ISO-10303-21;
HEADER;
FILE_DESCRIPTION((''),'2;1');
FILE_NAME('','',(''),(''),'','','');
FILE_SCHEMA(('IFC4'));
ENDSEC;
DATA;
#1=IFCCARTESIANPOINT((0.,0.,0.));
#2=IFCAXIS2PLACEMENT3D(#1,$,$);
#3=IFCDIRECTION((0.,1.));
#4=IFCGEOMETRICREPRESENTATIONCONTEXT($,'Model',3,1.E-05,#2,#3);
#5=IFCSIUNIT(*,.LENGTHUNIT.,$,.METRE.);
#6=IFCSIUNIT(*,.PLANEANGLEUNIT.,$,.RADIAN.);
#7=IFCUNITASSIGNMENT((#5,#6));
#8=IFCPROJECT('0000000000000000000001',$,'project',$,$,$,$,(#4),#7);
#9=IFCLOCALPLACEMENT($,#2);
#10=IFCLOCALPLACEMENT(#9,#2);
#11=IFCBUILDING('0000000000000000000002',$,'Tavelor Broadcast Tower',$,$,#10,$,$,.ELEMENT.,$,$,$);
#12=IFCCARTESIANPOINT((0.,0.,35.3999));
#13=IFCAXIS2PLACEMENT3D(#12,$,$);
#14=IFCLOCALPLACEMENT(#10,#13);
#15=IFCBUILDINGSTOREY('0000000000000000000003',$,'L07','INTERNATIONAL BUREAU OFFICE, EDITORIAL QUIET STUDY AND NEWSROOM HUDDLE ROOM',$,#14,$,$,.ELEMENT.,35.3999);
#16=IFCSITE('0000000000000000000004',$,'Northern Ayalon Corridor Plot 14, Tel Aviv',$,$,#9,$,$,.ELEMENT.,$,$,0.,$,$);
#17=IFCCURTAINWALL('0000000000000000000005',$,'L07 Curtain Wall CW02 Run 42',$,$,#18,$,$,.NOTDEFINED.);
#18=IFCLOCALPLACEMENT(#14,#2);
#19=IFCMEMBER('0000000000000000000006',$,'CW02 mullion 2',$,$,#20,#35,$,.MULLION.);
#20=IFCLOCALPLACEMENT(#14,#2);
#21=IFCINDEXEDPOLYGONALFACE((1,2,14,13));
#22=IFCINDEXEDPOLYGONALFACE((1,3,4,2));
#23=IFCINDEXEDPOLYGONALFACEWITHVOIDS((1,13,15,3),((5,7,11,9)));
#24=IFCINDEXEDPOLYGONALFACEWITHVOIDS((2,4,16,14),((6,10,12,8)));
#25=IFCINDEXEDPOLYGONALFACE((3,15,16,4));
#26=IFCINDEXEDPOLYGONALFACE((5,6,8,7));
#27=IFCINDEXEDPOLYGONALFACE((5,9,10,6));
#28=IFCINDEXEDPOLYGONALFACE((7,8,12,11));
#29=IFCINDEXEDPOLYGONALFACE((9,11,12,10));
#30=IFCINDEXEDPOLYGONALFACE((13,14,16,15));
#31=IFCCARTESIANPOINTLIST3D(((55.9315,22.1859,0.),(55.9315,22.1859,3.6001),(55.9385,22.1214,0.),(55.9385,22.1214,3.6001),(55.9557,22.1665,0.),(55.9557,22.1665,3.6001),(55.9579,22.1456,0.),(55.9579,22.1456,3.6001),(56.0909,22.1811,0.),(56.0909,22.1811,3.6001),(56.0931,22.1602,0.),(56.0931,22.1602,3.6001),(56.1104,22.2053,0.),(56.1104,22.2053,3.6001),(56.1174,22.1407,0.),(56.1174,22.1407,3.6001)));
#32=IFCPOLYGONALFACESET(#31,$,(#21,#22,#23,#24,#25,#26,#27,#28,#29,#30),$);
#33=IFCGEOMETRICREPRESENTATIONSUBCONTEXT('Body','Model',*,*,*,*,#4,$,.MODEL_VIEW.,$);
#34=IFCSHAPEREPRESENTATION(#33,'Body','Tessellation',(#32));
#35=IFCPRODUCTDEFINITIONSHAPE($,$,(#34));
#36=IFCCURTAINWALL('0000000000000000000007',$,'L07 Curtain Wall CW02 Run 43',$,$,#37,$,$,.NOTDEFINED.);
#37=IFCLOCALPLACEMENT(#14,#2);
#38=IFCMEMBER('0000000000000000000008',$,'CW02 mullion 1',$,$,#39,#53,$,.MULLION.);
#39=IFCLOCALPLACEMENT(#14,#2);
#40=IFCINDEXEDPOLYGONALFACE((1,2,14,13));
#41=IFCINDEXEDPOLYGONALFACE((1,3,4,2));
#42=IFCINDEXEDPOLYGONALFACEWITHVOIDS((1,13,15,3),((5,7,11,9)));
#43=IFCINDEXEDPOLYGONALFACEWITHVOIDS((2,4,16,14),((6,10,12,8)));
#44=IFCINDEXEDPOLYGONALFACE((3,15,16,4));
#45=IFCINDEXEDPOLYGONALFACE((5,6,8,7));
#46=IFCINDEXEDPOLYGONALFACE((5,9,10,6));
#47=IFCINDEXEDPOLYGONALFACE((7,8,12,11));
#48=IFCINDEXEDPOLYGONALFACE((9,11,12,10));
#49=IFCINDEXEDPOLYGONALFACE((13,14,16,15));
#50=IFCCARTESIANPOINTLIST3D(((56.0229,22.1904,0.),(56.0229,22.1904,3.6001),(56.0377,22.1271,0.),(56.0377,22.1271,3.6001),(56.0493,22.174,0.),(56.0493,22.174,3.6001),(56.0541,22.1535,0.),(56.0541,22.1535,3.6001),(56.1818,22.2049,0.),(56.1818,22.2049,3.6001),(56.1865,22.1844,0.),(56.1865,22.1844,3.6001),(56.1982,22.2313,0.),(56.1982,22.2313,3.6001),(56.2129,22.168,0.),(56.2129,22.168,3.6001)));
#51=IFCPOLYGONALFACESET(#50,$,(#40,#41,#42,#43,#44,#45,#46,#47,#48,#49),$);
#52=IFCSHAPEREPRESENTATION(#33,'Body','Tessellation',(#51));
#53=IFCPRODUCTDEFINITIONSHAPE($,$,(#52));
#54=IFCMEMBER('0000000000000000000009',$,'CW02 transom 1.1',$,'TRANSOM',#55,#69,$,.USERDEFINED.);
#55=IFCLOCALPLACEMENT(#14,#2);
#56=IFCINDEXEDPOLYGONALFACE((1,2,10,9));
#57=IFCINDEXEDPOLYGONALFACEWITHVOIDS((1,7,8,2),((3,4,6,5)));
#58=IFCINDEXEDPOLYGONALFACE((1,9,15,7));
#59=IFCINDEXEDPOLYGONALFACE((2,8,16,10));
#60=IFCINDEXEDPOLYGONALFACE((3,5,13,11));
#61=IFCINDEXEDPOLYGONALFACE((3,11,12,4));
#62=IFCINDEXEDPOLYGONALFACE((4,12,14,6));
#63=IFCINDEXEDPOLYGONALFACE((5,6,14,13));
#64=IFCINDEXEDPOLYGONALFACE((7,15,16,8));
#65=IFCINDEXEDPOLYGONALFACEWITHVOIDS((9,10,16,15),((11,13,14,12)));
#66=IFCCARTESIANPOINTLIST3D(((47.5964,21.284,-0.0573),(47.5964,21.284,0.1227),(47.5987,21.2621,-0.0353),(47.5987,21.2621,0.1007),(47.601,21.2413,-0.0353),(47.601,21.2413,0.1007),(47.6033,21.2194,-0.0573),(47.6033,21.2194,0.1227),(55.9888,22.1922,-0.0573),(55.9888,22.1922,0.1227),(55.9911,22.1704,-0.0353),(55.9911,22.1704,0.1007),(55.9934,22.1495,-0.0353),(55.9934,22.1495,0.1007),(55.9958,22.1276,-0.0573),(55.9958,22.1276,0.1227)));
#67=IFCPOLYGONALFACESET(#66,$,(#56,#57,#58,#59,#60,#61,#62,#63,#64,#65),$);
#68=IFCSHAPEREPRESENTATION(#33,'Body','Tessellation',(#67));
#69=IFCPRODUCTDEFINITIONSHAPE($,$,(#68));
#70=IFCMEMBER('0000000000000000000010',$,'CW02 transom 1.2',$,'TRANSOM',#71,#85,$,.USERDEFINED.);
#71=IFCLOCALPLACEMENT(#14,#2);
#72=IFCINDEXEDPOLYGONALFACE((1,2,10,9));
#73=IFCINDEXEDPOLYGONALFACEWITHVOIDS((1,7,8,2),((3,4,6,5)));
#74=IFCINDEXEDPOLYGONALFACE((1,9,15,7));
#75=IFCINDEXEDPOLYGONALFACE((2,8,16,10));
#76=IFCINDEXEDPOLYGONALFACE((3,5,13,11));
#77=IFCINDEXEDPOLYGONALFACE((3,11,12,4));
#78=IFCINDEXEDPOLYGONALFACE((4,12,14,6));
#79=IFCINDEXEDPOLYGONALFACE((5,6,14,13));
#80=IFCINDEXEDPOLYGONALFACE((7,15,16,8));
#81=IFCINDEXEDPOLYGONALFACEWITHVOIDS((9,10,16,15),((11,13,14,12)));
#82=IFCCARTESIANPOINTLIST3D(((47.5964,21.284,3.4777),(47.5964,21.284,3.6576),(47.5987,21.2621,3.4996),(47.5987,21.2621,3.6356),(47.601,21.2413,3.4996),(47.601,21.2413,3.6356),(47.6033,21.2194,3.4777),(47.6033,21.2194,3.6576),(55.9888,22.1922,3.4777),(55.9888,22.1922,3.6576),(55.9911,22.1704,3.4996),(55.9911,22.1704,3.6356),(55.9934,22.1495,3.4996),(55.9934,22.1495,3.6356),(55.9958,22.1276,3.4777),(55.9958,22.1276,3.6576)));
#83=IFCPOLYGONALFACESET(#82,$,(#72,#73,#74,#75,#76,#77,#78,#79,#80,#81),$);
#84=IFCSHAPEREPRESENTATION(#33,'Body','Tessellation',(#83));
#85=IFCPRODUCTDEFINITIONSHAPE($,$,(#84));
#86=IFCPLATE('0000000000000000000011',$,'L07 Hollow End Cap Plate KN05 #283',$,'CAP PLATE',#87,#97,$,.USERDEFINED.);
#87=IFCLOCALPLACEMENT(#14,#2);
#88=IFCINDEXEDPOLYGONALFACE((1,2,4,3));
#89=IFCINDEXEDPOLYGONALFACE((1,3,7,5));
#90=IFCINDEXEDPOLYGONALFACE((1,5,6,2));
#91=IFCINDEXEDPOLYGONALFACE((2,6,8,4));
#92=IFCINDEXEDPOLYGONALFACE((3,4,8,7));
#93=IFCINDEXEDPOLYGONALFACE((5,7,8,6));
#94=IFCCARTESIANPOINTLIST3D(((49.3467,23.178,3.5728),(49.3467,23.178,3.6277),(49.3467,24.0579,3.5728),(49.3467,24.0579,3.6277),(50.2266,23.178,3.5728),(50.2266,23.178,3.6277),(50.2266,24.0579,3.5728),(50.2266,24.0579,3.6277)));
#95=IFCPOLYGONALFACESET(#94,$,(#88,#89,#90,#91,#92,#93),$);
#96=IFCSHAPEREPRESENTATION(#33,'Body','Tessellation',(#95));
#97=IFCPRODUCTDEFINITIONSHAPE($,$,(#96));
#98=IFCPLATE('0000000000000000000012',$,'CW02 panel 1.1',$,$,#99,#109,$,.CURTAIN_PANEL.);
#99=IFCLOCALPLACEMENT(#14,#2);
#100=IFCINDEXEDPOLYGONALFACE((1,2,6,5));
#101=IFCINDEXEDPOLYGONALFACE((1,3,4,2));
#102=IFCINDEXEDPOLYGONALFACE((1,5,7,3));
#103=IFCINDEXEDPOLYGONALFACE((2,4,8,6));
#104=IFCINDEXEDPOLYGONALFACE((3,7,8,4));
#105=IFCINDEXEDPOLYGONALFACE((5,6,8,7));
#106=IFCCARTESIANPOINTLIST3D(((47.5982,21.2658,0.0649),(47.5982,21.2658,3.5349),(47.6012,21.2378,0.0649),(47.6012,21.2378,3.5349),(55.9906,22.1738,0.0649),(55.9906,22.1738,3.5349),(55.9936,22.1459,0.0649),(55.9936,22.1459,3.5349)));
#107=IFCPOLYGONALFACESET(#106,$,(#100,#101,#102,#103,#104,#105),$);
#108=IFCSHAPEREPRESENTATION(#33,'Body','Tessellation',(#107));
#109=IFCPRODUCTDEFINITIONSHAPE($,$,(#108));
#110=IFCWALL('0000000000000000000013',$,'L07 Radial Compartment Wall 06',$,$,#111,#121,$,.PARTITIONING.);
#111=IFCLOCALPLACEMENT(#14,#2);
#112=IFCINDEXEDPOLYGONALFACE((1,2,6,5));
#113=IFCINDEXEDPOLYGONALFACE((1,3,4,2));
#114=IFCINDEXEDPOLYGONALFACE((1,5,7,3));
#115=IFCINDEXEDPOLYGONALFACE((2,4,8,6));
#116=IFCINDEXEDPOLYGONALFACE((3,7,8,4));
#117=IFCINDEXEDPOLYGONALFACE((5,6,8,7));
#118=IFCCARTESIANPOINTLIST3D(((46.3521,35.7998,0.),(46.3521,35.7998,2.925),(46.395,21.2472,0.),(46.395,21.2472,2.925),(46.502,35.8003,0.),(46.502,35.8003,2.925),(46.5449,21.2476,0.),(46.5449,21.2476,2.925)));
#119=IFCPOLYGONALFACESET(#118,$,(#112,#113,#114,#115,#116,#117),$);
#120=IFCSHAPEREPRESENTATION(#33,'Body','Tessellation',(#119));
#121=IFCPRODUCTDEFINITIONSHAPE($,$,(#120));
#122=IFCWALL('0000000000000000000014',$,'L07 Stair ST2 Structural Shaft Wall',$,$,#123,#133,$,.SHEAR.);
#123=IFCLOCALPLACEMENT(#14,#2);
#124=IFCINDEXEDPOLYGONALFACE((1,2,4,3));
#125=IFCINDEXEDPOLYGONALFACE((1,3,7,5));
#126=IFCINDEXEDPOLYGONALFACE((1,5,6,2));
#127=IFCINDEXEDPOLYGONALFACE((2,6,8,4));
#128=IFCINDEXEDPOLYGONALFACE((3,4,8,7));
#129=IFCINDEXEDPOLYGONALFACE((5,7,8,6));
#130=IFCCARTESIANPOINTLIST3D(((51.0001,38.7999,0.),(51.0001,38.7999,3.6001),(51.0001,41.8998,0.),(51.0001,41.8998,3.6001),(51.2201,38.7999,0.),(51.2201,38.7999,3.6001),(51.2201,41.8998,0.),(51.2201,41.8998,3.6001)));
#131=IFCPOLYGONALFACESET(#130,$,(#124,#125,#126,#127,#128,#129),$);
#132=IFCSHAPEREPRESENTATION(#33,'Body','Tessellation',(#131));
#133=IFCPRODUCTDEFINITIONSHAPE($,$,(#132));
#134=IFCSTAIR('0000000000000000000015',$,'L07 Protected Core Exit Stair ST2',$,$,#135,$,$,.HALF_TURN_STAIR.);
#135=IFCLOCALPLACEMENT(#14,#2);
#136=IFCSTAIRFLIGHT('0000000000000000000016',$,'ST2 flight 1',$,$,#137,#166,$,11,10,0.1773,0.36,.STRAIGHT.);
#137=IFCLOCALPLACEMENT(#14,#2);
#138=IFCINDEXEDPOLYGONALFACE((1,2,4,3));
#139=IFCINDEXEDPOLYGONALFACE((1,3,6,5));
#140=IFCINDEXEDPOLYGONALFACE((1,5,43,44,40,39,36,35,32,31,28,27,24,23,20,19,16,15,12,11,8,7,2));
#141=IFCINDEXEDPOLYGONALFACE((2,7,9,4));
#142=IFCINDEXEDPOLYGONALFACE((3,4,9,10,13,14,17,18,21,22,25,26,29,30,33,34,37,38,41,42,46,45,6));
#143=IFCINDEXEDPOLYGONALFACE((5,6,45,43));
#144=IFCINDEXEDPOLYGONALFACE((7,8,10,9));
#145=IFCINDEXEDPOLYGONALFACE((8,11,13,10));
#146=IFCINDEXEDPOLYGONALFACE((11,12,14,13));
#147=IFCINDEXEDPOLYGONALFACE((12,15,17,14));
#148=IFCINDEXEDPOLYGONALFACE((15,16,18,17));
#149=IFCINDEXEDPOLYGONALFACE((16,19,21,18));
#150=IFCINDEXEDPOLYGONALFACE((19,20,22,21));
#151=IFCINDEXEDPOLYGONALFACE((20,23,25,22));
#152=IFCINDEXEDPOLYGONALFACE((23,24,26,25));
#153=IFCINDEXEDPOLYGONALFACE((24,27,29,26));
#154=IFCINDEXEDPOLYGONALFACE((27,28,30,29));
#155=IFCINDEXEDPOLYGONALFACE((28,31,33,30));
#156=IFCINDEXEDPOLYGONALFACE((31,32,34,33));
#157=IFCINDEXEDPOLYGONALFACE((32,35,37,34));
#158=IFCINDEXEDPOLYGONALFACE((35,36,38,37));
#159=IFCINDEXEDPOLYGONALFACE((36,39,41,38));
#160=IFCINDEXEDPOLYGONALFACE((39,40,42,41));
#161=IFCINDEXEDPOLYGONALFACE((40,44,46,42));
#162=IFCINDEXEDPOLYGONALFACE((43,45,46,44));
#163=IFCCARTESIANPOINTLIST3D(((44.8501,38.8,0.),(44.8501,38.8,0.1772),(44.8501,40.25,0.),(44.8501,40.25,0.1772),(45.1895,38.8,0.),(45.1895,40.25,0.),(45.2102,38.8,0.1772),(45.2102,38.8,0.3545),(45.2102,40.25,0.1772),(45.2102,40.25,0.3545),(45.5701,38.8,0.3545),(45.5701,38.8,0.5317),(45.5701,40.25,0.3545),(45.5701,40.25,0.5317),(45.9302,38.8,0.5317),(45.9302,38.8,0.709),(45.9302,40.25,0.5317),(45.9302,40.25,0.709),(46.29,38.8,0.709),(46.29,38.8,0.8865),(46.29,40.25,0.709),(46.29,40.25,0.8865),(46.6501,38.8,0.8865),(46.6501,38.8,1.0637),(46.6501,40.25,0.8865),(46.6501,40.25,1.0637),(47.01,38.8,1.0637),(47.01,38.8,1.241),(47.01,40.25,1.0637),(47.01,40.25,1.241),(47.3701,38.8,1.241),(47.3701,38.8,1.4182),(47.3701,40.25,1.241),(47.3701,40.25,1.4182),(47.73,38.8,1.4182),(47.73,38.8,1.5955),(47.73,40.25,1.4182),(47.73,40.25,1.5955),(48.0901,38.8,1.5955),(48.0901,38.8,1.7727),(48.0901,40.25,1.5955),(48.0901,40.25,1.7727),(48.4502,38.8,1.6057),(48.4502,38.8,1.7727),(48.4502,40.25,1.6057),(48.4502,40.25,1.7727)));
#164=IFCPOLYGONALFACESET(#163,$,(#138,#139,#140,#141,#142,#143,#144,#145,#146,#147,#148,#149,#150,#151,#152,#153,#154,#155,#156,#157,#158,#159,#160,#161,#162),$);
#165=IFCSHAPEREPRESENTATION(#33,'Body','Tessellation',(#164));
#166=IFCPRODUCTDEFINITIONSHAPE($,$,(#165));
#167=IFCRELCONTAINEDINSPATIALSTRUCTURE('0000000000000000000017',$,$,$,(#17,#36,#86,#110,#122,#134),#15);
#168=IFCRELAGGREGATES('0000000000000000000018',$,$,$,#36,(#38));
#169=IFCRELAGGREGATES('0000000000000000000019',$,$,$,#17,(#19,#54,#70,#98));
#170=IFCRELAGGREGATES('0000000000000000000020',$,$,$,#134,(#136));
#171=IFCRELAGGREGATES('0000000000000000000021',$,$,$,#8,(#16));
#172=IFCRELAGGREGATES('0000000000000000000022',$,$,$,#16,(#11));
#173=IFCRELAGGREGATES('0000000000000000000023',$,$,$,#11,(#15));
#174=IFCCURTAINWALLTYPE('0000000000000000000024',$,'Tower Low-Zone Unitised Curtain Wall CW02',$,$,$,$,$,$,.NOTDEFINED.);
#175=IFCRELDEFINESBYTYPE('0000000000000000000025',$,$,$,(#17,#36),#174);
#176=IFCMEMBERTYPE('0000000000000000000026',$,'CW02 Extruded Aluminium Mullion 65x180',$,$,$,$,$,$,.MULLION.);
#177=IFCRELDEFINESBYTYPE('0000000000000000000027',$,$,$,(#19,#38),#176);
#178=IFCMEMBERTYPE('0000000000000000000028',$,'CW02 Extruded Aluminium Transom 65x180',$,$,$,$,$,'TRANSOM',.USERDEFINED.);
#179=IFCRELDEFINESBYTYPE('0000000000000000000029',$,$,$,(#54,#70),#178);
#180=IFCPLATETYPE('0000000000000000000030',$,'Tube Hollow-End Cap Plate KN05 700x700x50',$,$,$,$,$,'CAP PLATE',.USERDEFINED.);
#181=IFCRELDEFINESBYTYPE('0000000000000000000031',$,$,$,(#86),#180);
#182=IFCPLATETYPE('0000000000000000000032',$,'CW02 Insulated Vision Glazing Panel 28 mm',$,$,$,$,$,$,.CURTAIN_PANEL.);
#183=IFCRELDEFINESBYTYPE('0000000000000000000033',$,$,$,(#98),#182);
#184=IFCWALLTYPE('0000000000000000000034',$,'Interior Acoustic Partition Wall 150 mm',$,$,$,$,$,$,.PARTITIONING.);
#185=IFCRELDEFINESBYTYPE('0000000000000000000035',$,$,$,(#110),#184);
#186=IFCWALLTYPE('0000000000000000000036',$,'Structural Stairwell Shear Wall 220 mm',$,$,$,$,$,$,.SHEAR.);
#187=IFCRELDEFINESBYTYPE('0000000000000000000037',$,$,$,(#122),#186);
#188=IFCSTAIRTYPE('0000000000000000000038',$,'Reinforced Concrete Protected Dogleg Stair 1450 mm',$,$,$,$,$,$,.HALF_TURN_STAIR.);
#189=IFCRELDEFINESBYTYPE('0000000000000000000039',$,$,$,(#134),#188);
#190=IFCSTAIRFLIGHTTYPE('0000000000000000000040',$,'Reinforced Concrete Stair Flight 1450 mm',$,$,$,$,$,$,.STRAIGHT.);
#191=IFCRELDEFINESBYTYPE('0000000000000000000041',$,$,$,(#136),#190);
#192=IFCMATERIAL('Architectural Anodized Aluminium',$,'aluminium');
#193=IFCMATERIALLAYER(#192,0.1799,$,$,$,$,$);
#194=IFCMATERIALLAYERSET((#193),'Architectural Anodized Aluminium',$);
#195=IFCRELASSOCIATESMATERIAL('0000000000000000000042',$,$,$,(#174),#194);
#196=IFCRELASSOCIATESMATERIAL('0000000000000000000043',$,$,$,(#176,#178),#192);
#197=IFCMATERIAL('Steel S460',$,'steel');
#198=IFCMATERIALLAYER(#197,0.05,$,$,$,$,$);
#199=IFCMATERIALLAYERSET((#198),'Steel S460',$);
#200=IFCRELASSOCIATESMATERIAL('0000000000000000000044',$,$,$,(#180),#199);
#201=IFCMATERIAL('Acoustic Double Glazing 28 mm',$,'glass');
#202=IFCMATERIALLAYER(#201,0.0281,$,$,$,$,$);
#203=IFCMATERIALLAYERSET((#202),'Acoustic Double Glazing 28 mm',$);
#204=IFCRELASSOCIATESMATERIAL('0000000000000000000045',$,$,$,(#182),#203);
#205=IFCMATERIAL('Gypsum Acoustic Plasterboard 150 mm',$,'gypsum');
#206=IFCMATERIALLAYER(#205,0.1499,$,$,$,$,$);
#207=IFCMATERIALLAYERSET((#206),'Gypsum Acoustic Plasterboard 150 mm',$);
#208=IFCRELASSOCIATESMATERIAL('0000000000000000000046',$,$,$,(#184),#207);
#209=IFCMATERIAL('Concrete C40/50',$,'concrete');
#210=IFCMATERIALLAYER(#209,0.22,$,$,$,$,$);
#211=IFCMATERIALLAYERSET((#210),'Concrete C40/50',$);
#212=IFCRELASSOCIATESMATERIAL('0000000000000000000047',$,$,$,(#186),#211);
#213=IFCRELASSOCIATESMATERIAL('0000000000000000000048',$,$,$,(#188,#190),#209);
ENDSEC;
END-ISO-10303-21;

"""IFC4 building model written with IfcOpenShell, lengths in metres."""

from ifc_helpers import new_model, si_unit, direction, frame, frame_2d, origin, origin_2d, place, context, subcontext, project, spatial, polyline, rectangle, hollow_rectangle, outline, extrude, source, transform, mapped, material, layer, layer_set, material_profile, profile_set, type_object, type_shapes, element, aggregate, save


model = new_model("IFC4")

# Units and contexts
model_context = context("Model", 3, precision=1e-05, world=origin(), true_north=direction((0.0, 1.0)))
body_context = subcontext(model_context, "Body", "Model", "MODEL_VIEW")
ifc_project = project(units=[si_unit("LENGTHUNIT", "METRE"), si_unit("PLANEANGLEUNIT", "RADIAN")], contexts=[model_context])

# Site, building, storey
site_placement = place(None, origin())
site = spatial("IfcSite", under=ifc_project, at=site_placement, Name="Northern Ayalon Corridor Plot 14, Tel Aviv", CompositionType="ELEMENT", RefElevation=0.0)
building_placement = place(site_placement, origin())
building = spatial("IfcBuilding", under=site, at=building_placement, Name="Tavelor Broadcast Tower", CompositionType="ELEMENT")
storey_placement = place(building_placement, frame((0.0, 0.0, 35.3999)))
storey = spatial("IfcBuildingStorey", under=building, at=storey_placement, Name="L07", Description="INTERNATIONAL BUREAU OFFICE, EDITORIAL QUIET STUDY AND NEWSROOM HUDDLE ROOM", CompositionType="ELEMENT", Elevation=35.3999)

# Shared definitions
ifc_material_1 = material(Name="Steel S460", Category="steel")

# Shared definitions
ifc_material_2 = material(Name="Concrete C40/50", Category="concrete")

# Shared definitions
ifc_material_3 = material(Name="Architectural Anodized Aluminium", Category="aluminium")
ifc_layer_1 = layer(ifc_material_3, 0.1799)
ifc_layer_set_1 = layer_set([ifc_layer_1], Name="Architectural Anodized Aluminium")
curtain_wall_type = type_object("IfcCurtainWallType", Name="Tower Low-Zone Unitised Curtain Wall CW02", PredefinedType="NOTDEFINED", material=ifc_layer_set_1)
ifc_material_profile_1 = material_profile(ifc_material_3, hollow_rectangle(XDim=0.0649, YDim=0.1799, WallThickness=0.022, at=origin_2d()), Name="RHS 65x180x22")
ifc_profile_set_1 = profile_set([ifc_material_profile_1], Name="Architectural Anodized Aluminium")
member_type_1 = type_object("IfcMemberType", Name="CW02 Extruded Aluminium Mullion 65x180", PredefinedType="MULLION", material=ifc_profile_set_1)
shared_shape_1 = source(origin(), body_context, "Body", "SweptSolid", [
    extrude(hollow_rectangle(XDim=0.0649, YDim=0.1799, WallThickness=0.022, at=origin_2d()), origin(), (0.0, 0.0, 1.0), 3.6001),
])
type_shapes(member_type_1, [shared_shape_1])

# Curtain wall, member
curtain_wall_1_placement = place(storey_placement, origin())
curtain_wall_1 = element("IfcCurtainWall", 1, at=curtain_wall_1_placement, inside=storey, type_object=curtain_wall_type, Name="L07 Curtain Wall CW02 Run 42", PredefinedType="NOTDEFINED")
member_1_placement = place(storey_placement, frame((56.0244, 22.1633, 0.0), z_axis=(0.0, 0.0, 1.0), x_axis=(-0.107568, 0.994198, 0.0)))
member_1 = element("IfcMember", 2, at=member_1_placement, type_object=member_type_1, Name="CW02 mullion 2", PredefinedType="MULLION", context=body_context, shape_type="MappedRepresentation", body=[
    mapped(shared_shape_1, transform((0.0, 0.0, 0.0), scale=1.0)),
])

# Curtain wall, member
curtain_wall_2_placement = place(storey_placement, origin())
curtain_wall_2 = element("IfcCurtainWall", 3, at=curtain_wall_2_placement, inside=storey, type_object=curtain_wall_type, Name="L07 Curtain Wall CW02 Run 43", PredefinedType="NOTDEFINED")
member_2_placement = place(storey_placement, frame((56.1179, 22.1792, 0.0), z_axis=(0.0, 0.0, 1.0), x_axis=(-0.227099, 0.973872, 0.0)))
member_2 = element("IfcMember", 4, at=member_2_placement, type_object=member_type_1, Name="CW02 mullion 1", PredefinedType="MULLION", context=body_context, shape_type="MappedRepresentation", body=[
    mapped(shared_shape_1, transform((0.0, 0.0, 0.0), scale=1.0)),
])
aggregate(curtain_wall_2, [member_2])

# Members
ifc_material_profile_2 = material_profile(ifc_material_3, hollow_rectangle(XDim=0.0649, YDim=0.1799, WallThickness=0.022, at=origin_2d()), Name="RHS 65x180x22")
ifc_profile_set_2 = profile_set([ifc_material_profile_2], Name="Architectural Anodized Aluminium")
member_type_2 = type_object("IfcMemberType", Name="CW02 Extruded Aluminium Transom 65x180", ElementType="TRANSOM", PredefinedType="USERDEFINED", material=ifc_profile_set_2)
shared_shape_2 = source(origin(), body_context, "Body", "SweptSolid", [
    extrude(hollow_rectangle(XDim=0.0649, YDim=0.1799, WallThickness=0.022, at=origin_2d()), origin(), (0.0, 0.0, 1.0), 8.4414),
])
type_shapes(member_type_2, [shared_shape_2])
member_3_placement = place(storey_placement, frame((47.5999, 21.2517, 0.0327), z_axis=(0.994195, 0.10759, 0.0), x_axis=(-0.10759, 0.994195, 0.0)))
member_3 = element("IfcMember", 5, at=member_3_placement, type_object=member_type_2, Name="CW02 transom 1.1", ObjectType="TRANSOM", PredefinedType="USERDEFINED", context=body_context, shape_type="MappedRepresentation", body=[
    mapped(shared_shape_2, transform((0.0, 0.0, 0.0), scale=1.0)),
])
member_4_placement = place(storey_placement, frame((47.5999, 21.2517, 3.5676), z_axis=(0.994195, 0.10759, 0.0), x_axis=(-0.10759, 0.994195, 0.0)))
member_4 = element("IfcMember", 6, at=member_4_placement, type_object=member_type_2, Name="CW02 transom 1.2", ObjectType="TRANSOM", PredefinedType="USERDEFINED", context=body_context, shape_type="MappedRepresentation", body=[
    mapped(shared_shape_2, transform((0.0, 0.0, 0.0), scale=1.0)),
])

# Plates
ifc_layer_2 = layer(ifc_material_1, 0.05)
ifc_layer_set_2 = layer_set([ifc_layer_2], Name="Steel S460")
plate_type_1 = type_object("IfcPlateType", Name="Tube Hollow-End Cap Plate KN05 700x700x50", ElementType="CAP PLATE", PredefinedType="USERDEFINED", material=ifc_layer_set_2)
shared_shape_3 = source(origin(), body_context, "Body", "SweptSolid", [
    extrude(rectangle(XDim=0.8799, YDim=0.8799, at=origin_2d()), origin(), (0.0, 0.0, 1.0), 0.0549),
])
type_shapes(plate_type_1, [shared_shape_3])
plate_1_placement = place(storey_placement, frame((49.7866, 23.6179, 3.5728), z_axis=(0.0, 0.0, 1.0), x_axis=(1.0, 0.0, 0.0)))
element("IfcPlate", 7, at=plate_1_placement, inside=storey, type_object=plate_type_1, Name="L07 Hollow End Cap Plate KN05 #283", ObjectType="CAP PLATE", PredefinedType="USERDEFINED", context=body_context, shape_type="MappedRepresentation", body=[
    mapped(shared_shape_3, transform((0.0, 0.0, 0.0), scale=1.0)),
])
ifc_material_4 = material(Name="Acoustic Double Glazing 28 mm", Category="glass")
ifc_layer_3 = layer(ifc_material_4, 0.0281)
ifc_layer_set_3 = layer_set([ifc_layer_3], Name="Acoustic Double Glazing 28 mm")
plate_type_2 = type_object("IfcPlateType", Name="CW02 Insulated Vision Glazing Panel 28 mm", PredefinedType="CURTAIN_PANEL", material=ifc_layer_set_3)
shared_shape_4 = source(origin(), body_context, "Body", "SweptSolid", [
    extrude(rectangle(XDim=8.4414, YDim=0.0281, at=origin_2d()), origin(), (0.0, 0.0, 1.0), 3.47),
])
type_shapes(plate_type_2, [shared_shape_4])
plate_2_placement = place(storey_placement, frame((51.7959, 21.7058, 0.0649), z_axis=(0.0, 0.0, 1.0), x_axis=(0.994198, 0.107568, 0.0)))
plate_2 = element("IfcPlate", 8, at=plate_2_placement, type_object=plate_type_2, Name="CW02 panel 1.1", PredefinedType="CURTAIN_PANEL", context=body_context, shape_type="MappedRepresentation", body=[
    mapped(shared_shape_4, transform((0.0, 0.0, 0.0), scale=1.0)),
])
aggregate(curtain_wall_1, [member_1, member_3, member_4, plate_2])

# Walls
ifc_material_5 = material(Name="Gypsum Acoustic Plasterboard 150 mm", Category="gypsum")
ifc_layer_4 = layer(ifc_material_5, 0.1499)
ifc_layer_set_4 = layer_set([ifc_layer_4], Name="Gypsum Acoustic Plasterboard 150 mm")
wall_type_1 = type_object("IfcWallType", Name="Interior Acoustic Partition Wall 150 mm", PredefinedType="PARTITIONING", material=ifc_layer_set_4)
wall_1_placement = place(storey_placement, frame((46.427, 35.8, 0.0), z_axis=(0.0, 0.0, 1.0), x_axis=(0.002953, -0.999996, 0.0)))
element("IfcWall", 9, at=wall_1_placement, inside=storey, type_object=wall_type_1, Name="L07 Radial Compartment Wall 06", PredefinedType="PARTITIONING", context=body_context, shape_type="SweptSolid", body=[
    extrude(rectangle(XDim=14.5527, YDim=0.1499, at=frame_2d((7.2764, 0.0))), origin(), (0.0, 0.0, 1.0), 2.925),
])
ifc_layer_5 = layer(ifc_material_2, 0.22)
ifc_layer_set_5 = layer_set([ifc_layer_5], Name="Concrete C40/50")
wall_type_2 = type_object("IfcWallType", Name="Structural Stairwell Shear Wall 220 mm", PredefinedType="SHEAR", material=ifc_layer_set_5)
wall_2_placement = place(storey_placement, frame((51.1101, 38.8, 0.0), z_axis=(0.0, 0.0, 1.0), x_axis=(0.0, 1.0, 0.0)))
element("IfcWall", 10, at=wall_2_placement, inside=storey, type_object=wall_type_2, Name="L07 Stair ST2 Structural Shaft Wall", PredefinedType="SHEAR", context=body_context, shape_type="SweptSolid", body=[
    extrude(rectangle(XDim=3.0999, YDim=0.22, at=frame_2d((1.5498, 0.0))), origin(), (0.0, 0.0, 1.0), 3.6001),
])

# Stair, stair flight
stair_type = type_object("IfcStairType", Name="Reinforced Concrete Protected Dogleg Stair 1450 mm", PredefinedType="HALF_TURN_STAIR", material=ifc_material_2)
stair_placement = place(storey_placement, origin())
stair = element("IfcStair", 11, at=stair_placement, inside=storey, type_object=stair_type, Name="L07 Protected Core Exit Stair ST2", PredefinedType="HALF_TURN_STAIR")
stair_flight_type = type_object("IfcStairFlightType", Name="Reinforced Concrete Stair Flight 1450 mm", PredefinedType="STRAIGHT", material=ifc_material_2)
stair_flight_placement = place(storey_placement, frame((44.8501, 39.5249, 0.0), z_axis=(0.0, 0.0, 1.0), x_axis=(1.0, 0.0, 0.0)))
stair_flight = element("IfcStairFlight", 12, at=stair_flight_placement, type_object=stair_flight_type, Name="ST2 flight 1", NumberOfRisers=11, NumberOfTreads=10, PredefinedType="STRAIGHT", RiserHeight=0.1773, TreadLength=0.36, context=body_context, shape_type="SweptSolid", body=[
    extrude(outline(polyline([(0.0, 0.0), (0.0, 0.1772), (0.3601, 0.1772), (0.3601, 0.3545), (0.72, 0.3545), (0.72, 0.5317), (1.0801, 0.5317), (1.0801, 0.709), (1.4399, 0.709), (1.4399, 0.8865), (1.8, 0.8865), (1.8, 1.0637), (2.1599, 1.0637), (2.1599, 1.241), (2.52, 1.241), (2.52, 1.4182), (2.8799, 1.4182), (2.8799, 1.5955), (3.24, 1.5955), (3.24, 1.7727), (3.6001, 1.7727), (3.6001, 1.95), (3.6001, 1.6057), (0.3394, 0.0), (0.0, 0.0)])), frame((0.0, 0.7251, 0.0), z_axis=(0.0, -1.0, 0.0), x_axis=(1.0, 0.0, 0.0)), (0.0, 0.0, 1.0), 1.45),
])
aggregate(stair, [stair_flight])

save(model, "model.ifc")
